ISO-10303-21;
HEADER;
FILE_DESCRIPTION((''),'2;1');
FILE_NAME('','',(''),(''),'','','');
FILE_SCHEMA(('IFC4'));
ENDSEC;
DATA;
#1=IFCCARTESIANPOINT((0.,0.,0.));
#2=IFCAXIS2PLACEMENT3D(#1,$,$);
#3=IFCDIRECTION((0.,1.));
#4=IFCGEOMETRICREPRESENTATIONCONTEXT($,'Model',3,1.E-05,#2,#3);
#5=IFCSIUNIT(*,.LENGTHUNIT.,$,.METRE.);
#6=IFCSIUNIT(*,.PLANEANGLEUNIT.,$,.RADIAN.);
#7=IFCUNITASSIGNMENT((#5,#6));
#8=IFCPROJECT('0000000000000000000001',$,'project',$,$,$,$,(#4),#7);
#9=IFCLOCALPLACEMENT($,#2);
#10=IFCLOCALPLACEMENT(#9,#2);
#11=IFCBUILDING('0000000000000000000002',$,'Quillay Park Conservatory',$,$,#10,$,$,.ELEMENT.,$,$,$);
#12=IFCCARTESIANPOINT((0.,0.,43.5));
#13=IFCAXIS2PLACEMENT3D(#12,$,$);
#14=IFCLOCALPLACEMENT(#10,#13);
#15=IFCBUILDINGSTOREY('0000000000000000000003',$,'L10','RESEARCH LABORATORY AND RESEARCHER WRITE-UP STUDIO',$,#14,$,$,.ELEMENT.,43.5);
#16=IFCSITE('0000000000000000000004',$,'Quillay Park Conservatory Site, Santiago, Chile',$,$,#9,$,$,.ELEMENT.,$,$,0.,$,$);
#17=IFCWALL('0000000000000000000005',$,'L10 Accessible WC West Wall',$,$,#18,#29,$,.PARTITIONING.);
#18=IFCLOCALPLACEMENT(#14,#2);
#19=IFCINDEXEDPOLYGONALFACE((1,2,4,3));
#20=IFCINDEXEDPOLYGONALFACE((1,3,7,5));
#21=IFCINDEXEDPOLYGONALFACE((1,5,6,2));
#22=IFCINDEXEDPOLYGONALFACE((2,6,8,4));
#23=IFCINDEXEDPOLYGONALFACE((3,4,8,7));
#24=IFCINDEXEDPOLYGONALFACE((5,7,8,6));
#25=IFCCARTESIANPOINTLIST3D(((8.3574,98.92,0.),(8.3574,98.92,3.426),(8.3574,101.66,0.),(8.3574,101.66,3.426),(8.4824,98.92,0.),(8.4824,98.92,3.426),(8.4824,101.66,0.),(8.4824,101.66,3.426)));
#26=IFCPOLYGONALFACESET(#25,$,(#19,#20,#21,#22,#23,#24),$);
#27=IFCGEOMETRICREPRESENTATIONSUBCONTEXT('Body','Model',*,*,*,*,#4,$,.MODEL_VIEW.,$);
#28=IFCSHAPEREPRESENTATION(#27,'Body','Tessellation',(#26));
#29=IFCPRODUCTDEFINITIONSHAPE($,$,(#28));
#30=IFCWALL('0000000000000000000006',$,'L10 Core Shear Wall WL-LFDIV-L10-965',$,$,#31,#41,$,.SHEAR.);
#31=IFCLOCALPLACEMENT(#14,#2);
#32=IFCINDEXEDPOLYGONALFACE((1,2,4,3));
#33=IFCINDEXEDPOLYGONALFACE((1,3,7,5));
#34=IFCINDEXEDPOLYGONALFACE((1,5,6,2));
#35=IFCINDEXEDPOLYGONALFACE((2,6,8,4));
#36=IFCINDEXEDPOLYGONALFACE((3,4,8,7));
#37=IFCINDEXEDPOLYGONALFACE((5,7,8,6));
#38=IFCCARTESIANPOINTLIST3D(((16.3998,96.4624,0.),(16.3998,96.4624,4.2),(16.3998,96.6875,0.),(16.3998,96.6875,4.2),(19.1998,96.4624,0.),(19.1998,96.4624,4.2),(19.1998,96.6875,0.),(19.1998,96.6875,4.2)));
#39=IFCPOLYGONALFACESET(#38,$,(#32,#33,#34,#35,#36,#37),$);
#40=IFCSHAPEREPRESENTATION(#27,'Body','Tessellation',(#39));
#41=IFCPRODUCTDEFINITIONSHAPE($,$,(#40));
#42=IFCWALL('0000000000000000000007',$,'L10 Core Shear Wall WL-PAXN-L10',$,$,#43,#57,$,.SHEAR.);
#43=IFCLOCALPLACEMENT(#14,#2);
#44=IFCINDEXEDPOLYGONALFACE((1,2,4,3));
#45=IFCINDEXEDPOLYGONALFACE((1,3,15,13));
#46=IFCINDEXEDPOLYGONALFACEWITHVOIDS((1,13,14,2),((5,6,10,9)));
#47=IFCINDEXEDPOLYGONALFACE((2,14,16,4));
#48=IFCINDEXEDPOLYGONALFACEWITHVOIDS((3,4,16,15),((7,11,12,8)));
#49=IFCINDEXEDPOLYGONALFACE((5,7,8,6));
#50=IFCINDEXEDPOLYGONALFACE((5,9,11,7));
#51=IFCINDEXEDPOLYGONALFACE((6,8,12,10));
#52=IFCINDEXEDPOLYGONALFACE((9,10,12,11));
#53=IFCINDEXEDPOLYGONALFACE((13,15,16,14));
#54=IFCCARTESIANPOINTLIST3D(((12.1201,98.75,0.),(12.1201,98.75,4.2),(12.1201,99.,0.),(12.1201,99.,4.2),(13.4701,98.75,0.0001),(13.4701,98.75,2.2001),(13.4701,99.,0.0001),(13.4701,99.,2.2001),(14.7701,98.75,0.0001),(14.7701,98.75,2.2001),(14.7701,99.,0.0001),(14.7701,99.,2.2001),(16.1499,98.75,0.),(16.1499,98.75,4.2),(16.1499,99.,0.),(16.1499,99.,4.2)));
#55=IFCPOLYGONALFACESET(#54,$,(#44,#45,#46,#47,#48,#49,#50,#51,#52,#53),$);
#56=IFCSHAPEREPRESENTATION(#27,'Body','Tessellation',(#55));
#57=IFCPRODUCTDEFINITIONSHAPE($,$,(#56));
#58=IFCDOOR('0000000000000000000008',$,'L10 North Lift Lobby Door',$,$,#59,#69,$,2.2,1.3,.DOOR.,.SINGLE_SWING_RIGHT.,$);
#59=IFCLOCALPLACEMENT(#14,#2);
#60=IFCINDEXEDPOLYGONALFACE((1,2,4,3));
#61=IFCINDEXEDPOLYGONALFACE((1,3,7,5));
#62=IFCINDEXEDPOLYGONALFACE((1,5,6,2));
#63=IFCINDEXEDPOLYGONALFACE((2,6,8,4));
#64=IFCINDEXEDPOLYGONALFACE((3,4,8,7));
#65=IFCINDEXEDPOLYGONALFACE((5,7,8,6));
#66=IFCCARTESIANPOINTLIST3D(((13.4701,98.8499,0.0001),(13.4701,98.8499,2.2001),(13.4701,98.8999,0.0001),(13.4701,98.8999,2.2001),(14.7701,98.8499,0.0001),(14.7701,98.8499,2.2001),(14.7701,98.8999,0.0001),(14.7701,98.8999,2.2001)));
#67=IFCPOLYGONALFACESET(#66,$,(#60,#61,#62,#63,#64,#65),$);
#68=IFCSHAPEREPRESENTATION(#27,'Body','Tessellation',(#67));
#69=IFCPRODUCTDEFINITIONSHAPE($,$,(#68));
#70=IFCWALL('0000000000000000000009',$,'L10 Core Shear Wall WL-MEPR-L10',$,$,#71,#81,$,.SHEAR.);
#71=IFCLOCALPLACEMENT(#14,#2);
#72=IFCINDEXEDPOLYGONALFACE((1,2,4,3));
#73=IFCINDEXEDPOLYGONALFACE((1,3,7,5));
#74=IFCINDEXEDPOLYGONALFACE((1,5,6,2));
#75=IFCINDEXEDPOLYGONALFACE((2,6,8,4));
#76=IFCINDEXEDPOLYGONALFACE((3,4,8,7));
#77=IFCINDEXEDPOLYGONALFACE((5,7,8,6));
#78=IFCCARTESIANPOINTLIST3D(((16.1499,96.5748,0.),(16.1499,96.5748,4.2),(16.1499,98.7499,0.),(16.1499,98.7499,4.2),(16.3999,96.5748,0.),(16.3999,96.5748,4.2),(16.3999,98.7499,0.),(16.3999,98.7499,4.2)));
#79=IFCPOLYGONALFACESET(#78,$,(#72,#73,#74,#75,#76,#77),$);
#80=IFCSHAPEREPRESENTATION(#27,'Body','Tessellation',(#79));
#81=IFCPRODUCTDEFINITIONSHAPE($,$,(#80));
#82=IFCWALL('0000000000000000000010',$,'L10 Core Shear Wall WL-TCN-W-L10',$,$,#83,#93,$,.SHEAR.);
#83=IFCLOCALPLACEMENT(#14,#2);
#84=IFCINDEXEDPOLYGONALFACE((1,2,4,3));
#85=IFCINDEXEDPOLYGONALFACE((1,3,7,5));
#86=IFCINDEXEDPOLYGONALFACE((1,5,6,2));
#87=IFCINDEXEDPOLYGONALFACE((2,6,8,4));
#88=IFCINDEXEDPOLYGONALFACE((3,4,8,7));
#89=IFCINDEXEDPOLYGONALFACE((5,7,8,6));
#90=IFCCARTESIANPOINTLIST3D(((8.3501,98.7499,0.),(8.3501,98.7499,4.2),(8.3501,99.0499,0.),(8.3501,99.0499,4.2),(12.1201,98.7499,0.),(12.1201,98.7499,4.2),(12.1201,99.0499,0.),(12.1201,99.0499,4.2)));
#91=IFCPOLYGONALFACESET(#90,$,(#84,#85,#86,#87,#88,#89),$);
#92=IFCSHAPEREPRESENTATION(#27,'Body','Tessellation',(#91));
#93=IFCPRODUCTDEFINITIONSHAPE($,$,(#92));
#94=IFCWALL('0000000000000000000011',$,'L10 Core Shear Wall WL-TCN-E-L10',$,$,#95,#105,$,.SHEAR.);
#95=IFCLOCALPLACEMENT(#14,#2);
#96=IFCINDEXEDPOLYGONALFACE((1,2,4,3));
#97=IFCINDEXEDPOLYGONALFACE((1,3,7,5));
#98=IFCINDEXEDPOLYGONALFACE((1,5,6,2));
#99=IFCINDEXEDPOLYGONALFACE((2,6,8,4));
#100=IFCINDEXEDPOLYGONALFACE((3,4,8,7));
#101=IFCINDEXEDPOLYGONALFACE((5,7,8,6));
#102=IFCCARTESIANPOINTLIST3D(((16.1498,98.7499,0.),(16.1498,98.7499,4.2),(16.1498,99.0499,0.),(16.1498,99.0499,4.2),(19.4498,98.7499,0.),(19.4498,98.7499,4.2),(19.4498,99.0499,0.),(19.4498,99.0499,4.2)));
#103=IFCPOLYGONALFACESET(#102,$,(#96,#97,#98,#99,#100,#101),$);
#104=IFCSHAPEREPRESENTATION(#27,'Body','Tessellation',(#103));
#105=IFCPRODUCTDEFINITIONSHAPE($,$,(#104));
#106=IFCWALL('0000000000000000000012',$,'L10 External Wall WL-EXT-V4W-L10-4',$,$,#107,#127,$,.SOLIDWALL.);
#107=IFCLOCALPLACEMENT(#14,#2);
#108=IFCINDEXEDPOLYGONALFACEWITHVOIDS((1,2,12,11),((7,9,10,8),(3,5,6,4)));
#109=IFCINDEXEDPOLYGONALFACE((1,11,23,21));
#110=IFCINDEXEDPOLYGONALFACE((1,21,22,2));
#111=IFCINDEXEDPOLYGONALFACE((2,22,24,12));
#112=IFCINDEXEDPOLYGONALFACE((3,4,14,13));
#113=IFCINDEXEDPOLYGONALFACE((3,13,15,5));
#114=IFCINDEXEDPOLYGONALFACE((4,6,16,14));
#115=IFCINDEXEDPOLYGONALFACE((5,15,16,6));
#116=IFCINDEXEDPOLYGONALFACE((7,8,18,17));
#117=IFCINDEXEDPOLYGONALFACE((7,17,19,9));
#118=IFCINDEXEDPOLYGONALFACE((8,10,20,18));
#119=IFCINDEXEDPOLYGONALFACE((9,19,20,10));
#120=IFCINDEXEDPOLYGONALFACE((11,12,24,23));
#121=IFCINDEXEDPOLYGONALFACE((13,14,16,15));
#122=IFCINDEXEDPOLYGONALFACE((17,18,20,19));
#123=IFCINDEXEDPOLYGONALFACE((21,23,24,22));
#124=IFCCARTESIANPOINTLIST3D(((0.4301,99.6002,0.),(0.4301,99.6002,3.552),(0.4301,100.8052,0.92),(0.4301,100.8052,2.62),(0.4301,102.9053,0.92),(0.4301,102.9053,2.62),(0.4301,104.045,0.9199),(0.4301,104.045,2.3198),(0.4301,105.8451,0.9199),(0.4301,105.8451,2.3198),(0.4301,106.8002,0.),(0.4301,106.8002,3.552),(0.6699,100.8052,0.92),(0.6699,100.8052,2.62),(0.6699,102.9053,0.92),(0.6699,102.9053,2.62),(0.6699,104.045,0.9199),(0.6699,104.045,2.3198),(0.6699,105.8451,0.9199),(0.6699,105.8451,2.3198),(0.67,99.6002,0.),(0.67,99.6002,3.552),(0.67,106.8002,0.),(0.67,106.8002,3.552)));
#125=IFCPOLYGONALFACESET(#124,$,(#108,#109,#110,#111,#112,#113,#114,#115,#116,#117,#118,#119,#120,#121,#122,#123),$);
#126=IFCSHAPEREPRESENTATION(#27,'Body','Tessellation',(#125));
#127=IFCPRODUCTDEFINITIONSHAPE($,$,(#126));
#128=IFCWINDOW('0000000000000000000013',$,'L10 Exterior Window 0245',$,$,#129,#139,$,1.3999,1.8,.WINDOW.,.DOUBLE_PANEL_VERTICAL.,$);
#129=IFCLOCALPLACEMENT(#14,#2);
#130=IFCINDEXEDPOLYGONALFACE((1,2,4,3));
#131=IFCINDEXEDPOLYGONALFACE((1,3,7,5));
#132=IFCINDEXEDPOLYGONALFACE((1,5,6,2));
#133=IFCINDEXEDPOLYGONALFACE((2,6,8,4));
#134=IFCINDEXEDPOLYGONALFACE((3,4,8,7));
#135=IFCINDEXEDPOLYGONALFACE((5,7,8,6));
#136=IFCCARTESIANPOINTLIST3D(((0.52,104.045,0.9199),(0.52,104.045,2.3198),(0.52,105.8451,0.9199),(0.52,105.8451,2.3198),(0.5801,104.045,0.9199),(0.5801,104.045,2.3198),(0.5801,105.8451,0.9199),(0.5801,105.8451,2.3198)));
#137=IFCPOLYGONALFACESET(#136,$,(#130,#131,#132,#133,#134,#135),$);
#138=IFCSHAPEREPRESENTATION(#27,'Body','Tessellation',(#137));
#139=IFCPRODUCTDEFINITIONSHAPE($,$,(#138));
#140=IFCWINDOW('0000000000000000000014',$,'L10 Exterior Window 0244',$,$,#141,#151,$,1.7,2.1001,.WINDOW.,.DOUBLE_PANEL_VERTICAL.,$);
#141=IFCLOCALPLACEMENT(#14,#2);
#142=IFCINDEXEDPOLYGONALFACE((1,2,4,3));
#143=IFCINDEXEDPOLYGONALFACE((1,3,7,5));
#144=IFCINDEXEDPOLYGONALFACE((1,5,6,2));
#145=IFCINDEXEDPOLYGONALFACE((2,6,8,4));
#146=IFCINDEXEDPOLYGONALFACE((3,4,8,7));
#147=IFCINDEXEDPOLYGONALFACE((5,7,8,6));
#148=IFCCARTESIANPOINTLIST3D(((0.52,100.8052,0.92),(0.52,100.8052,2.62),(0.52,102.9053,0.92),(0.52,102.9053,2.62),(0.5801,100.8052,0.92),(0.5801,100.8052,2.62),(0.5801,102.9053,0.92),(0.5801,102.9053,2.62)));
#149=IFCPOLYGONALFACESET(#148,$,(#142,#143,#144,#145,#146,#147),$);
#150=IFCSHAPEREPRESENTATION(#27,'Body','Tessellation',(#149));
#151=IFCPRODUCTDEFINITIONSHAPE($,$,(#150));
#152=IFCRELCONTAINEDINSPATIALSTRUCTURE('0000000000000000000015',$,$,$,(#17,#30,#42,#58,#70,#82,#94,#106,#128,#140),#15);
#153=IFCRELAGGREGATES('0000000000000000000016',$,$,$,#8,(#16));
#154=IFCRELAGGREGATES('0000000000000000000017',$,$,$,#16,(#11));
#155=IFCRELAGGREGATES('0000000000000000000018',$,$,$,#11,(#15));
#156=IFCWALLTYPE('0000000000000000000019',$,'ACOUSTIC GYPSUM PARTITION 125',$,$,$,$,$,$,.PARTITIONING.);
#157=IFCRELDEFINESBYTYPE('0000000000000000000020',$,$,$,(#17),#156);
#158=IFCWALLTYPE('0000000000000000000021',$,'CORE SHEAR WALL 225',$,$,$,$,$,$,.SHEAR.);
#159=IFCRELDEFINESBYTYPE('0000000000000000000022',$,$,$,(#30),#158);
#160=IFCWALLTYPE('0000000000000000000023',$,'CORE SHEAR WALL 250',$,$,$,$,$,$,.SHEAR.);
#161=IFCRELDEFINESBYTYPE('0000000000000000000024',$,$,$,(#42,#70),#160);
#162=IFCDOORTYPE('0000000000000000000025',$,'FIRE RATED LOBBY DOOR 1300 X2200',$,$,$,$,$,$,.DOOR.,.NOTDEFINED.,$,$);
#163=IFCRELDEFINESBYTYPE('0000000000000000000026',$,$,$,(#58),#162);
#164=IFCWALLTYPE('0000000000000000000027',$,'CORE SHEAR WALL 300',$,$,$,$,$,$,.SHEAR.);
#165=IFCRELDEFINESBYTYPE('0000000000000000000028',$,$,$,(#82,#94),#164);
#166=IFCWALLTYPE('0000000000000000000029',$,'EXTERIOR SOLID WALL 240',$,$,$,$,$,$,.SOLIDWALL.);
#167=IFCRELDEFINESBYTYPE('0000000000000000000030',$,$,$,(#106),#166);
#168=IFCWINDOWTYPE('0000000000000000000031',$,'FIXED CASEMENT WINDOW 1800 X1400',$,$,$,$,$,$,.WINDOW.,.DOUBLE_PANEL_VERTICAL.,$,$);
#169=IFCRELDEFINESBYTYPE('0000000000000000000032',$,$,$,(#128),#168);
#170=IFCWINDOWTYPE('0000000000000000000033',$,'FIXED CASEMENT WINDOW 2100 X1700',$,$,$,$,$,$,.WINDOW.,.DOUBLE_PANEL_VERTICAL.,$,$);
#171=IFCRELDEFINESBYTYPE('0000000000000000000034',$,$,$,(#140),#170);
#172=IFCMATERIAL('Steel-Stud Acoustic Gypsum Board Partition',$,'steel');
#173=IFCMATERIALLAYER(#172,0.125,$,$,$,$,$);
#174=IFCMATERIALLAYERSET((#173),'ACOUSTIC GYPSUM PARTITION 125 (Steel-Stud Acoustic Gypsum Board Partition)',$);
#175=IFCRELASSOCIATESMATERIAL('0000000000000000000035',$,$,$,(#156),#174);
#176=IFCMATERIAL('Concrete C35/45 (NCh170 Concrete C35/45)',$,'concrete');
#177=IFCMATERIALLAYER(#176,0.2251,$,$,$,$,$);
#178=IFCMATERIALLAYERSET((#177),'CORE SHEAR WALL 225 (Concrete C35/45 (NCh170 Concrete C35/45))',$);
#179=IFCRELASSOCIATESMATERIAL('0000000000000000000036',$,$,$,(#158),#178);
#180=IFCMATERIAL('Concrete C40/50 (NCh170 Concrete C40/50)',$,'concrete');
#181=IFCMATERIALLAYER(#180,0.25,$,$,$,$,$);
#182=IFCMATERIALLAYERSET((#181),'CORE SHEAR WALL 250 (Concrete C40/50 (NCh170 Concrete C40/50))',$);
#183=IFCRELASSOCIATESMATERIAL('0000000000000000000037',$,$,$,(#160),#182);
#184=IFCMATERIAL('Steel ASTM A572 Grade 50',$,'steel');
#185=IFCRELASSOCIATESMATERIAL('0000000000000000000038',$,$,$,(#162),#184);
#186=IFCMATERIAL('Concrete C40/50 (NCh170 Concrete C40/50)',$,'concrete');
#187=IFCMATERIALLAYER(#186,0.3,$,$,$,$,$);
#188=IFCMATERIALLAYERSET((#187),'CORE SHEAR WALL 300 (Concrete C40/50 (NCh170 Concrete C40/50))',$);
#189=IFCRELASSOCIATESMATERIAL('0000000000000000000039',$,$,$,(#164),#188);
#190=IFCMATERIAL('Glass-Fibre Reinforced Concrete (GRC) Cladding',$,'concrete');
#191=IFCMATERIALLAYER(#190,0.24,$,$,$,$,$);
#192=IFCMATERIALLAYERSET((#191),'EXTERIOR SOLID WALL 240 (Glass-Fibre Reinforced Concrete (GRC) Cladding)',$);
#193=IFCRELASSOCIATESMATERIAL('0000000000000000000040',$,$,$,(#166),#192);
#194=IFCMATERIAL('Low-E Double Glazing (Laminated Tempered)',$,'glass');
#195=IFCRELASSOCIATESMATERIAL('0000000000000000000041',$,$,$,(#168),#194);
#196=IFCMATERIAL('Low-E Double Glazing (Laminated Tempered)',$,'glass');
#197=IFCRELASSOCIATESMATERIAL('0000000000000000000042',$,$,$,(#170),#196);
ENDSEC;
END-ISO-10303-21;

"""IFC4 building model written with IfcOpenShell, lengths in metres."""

from ifc_helpers import new_model, si_unit, direction, frame, frame_2d, origin, place, context, subcontext, project, spatial, rectangle, extrude, material, layer, layer_set, type_object, element, fill, save


model = new_model("IFC4")

# Units and contexts
model_context = context("Model", 3, precision=1e-05, world=origin(), true_north=direction((0.0, 1.0)))
body_context = subcontext(model_context, "Body", "Model", "MODEL_VIEW")
ifc_project = project(units=[si_unit("LENGTHUNIT", "METRE"), si_unit("PLANEANGLEUNIT", "RADIAN")], contexts=[model_context])

# Site, building, storey
site_placement = place(None, origin())
site = spatial("IfcSite", under=ifc_project, at=site_placement, Name="Quillay Park Conservatory Site, Santiago, Chile", CompositionType="ELEMENT", RefElevation=0.0)
building_placement = place(site_placement, origin())
building = spatial("IfcBuilding", under=site, at=building_placement, Name="Quillay Park Conservatory", CompositionType="ELEMENT")
storey_placement = place(building_placement, frame((0.0, 0.0, 43.5)))
storey = spatial("IfcBuildingStorey", under=building, at=storey_placement, Name="L10", Description="RESEARCH LABORATORY AND RESEARCHER WRITE-UP STUDIO", CompositionType="ELEMENT", Elevation=43.5)

# Walls
ifc_material_1 = material(Name="Steel-Stud Acoustic Gypsum Board Partition", Category="steel")
ifc_layer_1 = layer(ifc_material_1, 0.125)
ifc_layer_set_1 = layer_set([ifc_layer_1], Name="ACOUSTIC GYPSUM PARTITION 125 (Steel-Stud Acoustic Gypsum Board Partition)")
wall_type_1 = type_object("IfcWallType", Name="ACOUSTIC GYPSUM PARTITION 125", PredefinedType="PARTITIONING", material=ifc_layer_set_1)
wall_1_placement = place(storey_placement, frame((8.4199, 98.9199, 0.0), z_axis=(0.0, 0.0, 1.0), x_axis=(0.0, 1.0, 0.0)))
element("IfcWall", 1, at=wall_1_placement, inside=storey, type_object=wall_type_1, Name="L10 Accessible WC West Wall", PredefinedType="PARTITIONING", context=body_context, shape_type="SweptSolid", body=[
    extrude(rectangle(XDim=2.74, YDim=0.125, at=frame_2d((1.3701, 0.0))), origin(), (0.0, 0.0, 1.0), 3.426),
])
ifc_material_2 = material(Name="Concrete C35/45 (NCh170 Concrete C35/45)", Category="concrete")
ifc_layer_2 = layer(ifc_material_2, 0.2251)
ifc_layer_set_2 = layer_set([ifc_layer_2], Name="CORE SHEAR WALL 225 (Concrete C35/45 (NCh170 Concrete C35/45))")
wall_type_2 = type_object("IfcWallType", Name="CORE SHEAR WALL 225", PredefinedType="SHEAR", material=ifc_layer_set_2)
wall_2_placement = place(storey_placement, frame((16.3999, 96.575, 0.0), z_axis=(0.0, 0.0, 1.0), x_axis=(1.0, 0.0, 0.0)))
element("IfcWall", 2, at=wall_2_placement, inside=storey, type_object=wall_type_2, Name="L10 Core Shear Wall WL-LFDIV-L10-965", PredefinedType="SHEAR", context=body_context, shape_type="SweptSolid", body=[
    extrude(rectangle(XDim=2.8, YDim=0.2251, at=frame_2d((1.3999, 0.0))), origin(), (0.0, 0.0, 1.0), 4.2),
])

# Wall, opening, door
ifc_material_3 = material(Name="Concrete C40/50 (NCh170 Concrete C40/50)", Category="concrete")
ifc_layer_3 = layer(ifc_material_3, 0.25)
ifc_layer_set_3 = layer_set([ifc_layer_3], Name="CORE SHEAR WALL 250 (Concrete C40/50 (NCh170 Concrete C40/50))")
wall_type_3 = type_object("IfcWallType", Name="CORE SHEAR WALL 250", PredefinedType="SHEAR", material=ifc_layer_set_3)
wall_3_placement = place(storey_placement, frame((12.1201, 98.875, 0.0), z_axis=(0.0, 0.0, 1.0), x_axis=(1.0, 0.0, 0.0)))
wall_3 = element("IfcWall", 3, at=wall_3_placement, inside=storey, type_object=wall_type_3, Name="L10 Core Shear Wall WL-PAXN-L10", PredefinedType="SHEAR", context=body_context, shape_type="SweptSolid", body=[
    extrude(rectangle(XDim=4.0298, YDim=0.25, at=frame_2d((2.0149, 0.0))), origin(), (0.0, 0.0, 1.0), 4.2),
])
opening_1_placement = place(wall_3_placement, frame((1.3501, 0.0, 0.0)))
opening_1 = element("IfcOpeningElement", 4, at=opening_1_placement, cuts=wall_3, PredefinedType="OPENING", context=body_context, shape_type="SweptSolid", body=[
    extrude(rectangle(XDim=1.3, YDim=2.2, at=frame_2d((0.6499, 1.1001))), frame((0.0, 0.125, 0.0), z_axis=(0.0, -1.0, 0.0), x_axis=(1.0, 0.0, 0.0)), (0.0, 0.0, 1.0), 0.25),
])
ifc_material_4 = material(Name="Steel ASTM A572 Grade 50", Category="steel")
door_type_1 = type_object("IfcDoorType", Name="FIRE RATED LOBBY DOOR 1300 X2200", OperationType="NOTDEFINED", PredefinedType="DOOR", material=ifc_material_4)
door_1_placement = place(opening_1_placement, origin())
door_1 = element("IfcDoor", 5, at=door_1_placement, inside=storey, type_object=door_type_1, Name="L10 North Lift Lobby Door", OperationType="SINGLE_SWING_RIGHT", OverallHeight=2.2, OverallWidth=1.3, PredefinedType="DOOR", context=body_context, shape_type="SweptSolid", body=[
    extrude(rectangle(XDim=1.3, YDim=2.2, at=frame_2d((0.6499, 1.1001))), frame((0.0, 0.0249, 0.0), z_axis=(0.0, -1.0, 0.0), x_axis=(1.0, 0.0, 0.0)), (0.0, 0.0, 1.0), 0.05),
])
fill(opening_1, door_1)

# Walls
wall_4_placement = place(storey_placement, frame((16.2749, 96.575, 0.0), z_axis=(0.0, 0.0, 1.0), x_axis=(0.0, 1.0, 0.0)))
element("IfcWall", 6, at=wall_4_placement, inside=storey, type_object=wall_type_3, Name="L10 Core Shear Wall WL-MEPR-L10", PredefinedType="SHEAR", context=body_context, shape_type="SweptSolid", body=[
    extrude(rectangle(XDim=2.175, YDim=0.25, at=frame_2d((1.0874, 0.0))), origin(), (0.0, 0.0, 1.0), 4.2),
])
ifc_material_5 = material(Name="Concrete C40/50 (NCh170 Concrete C40/50)", Category="concrete")
ifc_layer_4 = layer(ifc_material_5, 0.3)
ifc_layer_set_4 = layer_set([ifc_layer_4], Name="CORE SHEAR WALL 300 (Concrete C40/50 (NCh170 Concrete C40/50))")
wall_type_4 = type_object("IfcWallType", Name="CORE SHEAR WALL 300", PredefinedType="SHEAR", material=ifc_layer_set_4)
wall_5_placement = place(storey_placement, frame((8.3501, 98.8999, 0.0), z_axis=(0.0, 0.0, 1.0), x_axis=(1.0, 0.0, 0.0)))
element("IfcWall", 7, at=wall_5_placement, inside=storey, type_object=wall_type_4, Name="L10 Core Shear Wall WL-TCN-W-L10", PredefinedType="SHEAR", context=body_context, shape_type="SweptSolid", body=[
    extrude(rectangle(XDim=3.77, YDim=0.3, at=frame_2d((1.885, 0.0))), origin(), (0.0, 0.0, 1.0), 4.2),
])
wall_6_placement = place(storey_placement, frame((16.1499, 98.8999, 0.0), z_axis=(0.0, 0.0, 1.0), x_axis=(1.0, 0.0, 0.0)))
element("IfcWall", 8, at=wall_6_placement, inside=storey, type_object=wall_type_4, Name="L10 Core Shear Wall WL-TCN-E-L10", PredefinedType="SHEAR", context=body_context, shape_type="SweptSolid", body=[
    extrude(rectangle(XDim=3.3, YDim=0.3, at=frame_2d((1.6499, 0.0))), origin(), (0.0, 0.0, 1.0), 4.2),
])

# Wall, openings, windows
ifc_material_6 = material(Name="Glass-Fibre Reinforced Concrete (GRC) Cladding", Category="concrete")
ifc_layer_5 = layer(ifc_material_6, 0.24)
ifc_layer_set_5 = layer_set([ifc_layer_5], Name="EXTERIOR SOLID WALL 240 (Glass-Fibre Reinforced Concrete (GRC) Cladding)")
wall_type_5 = type_object("IfcWallType", Name="EXTERIOR SOLID WALL 240", PredefinedType="SOLIDWALL", material=ifc_layer_set_5)
wall_7_placement = place(storey_placement, frame((0.55, 99.6001, 0.0), z_axis=(0.0, 0.0, 1.0), x_axis=(0.0, 1.0, 0.0)))
wall_7 = element("IfcWall", 9, at=wall_7_placement, inside=storey, type_object=wall_type_5, Name="L10 External Wall WL-EXT-V4W-L10-4", PredefinedType="SOLIDWALL", context=body_context, shape_type="SweptSolid", body=[
    extrude(rectangle(XDim=7.2, YDim=0.24, at=frame_2d((3.6001, 0.0))), origin(), (0.0, 0.0, 1.0), 3.552),
])
opening_2_placement = place(wall_7_placement, frame((1.2051, 0.0, 0.9199)))
opening_2 = element("IfcOpeningElement", 10, at=opening_2_placement, cuts=wall_7, PredefinedType="OPENING", context=body_context, shape_type="SweptSolid", body=[
    extrude(rectangle(XDim=2.1001, YDim=1.7, at=frame_2d((1.05, 0.8501))), frame((0.0, 0.1201, 0.0), z_axis=(0.0, -1.0, 0.0), x_axis=(1.0, 0.0, 0.0)), (0.0, 0.0, 1.0), 0.24),
])
opening_3_placement = place(wall_7_placement, frame((4.4451, 0.0, 0.9199)))
opening_3 = element("IfcOpeningElement", 11, at=opening_3_placement, cuts=wall_7, PredefinedType="OPENING", context=body_context, shape_type="SweptSolid", body=[
    extrude(rectangle(XDim=1.8, YDim=1.3999, at=frame_2d((0.8999, 0.7))), frame((0.0, 0.1201, 0.0), z_axis=(0.0, -1.0, 0.0), x_axis=(1.0, 0.0, 0.0)), (0.0, 0.0, 1.0), 0.24),
])
ifc_material_7 = material(Name="Low-E Double Glazing (Laminated Tempered)", Category="glass")
window_type_1 = type_object("IfcWindowType", Name="FIXED CASEMENT WINDOW 1800 X1400", PartitioningType="DOUBLE_PANEL_VERTICAL", PredefinedType="WINDOW", material=ifc_material_7)
window_1_placement = place(opening_3_placement, origin())
window_1 = element("IfcWindow", 12, at=window_1_placement, inside=storey, type_object=window_type_1, Name="L10 Exterior Window 0245", OverallHeight=1.3999, OverallWidth=1.8, PartitioningType="DOUBLE_PANEL_VERTICAL", PredefinedType="WINDOW", context=body_context, shape_type="SweptSolid", body=[
    extrude(rectangle(XDim=1.8, YDim=1.3999, at=frame_2d((0.8999, 0.7))), frame((0.0, 0.03, 0.0), z_axis=(0.0, -1.0, 0.0), x_axis=(1.0, 0.0, 0.0)), (0.0, 0.0, 1.0), 0.0601),
])
fill(opening_3, window_1)
ifc_material_8 = material(Name="Low-E Double Glazing (Laminated Tempered)", Category="glass")
window_type_2 = type_object("IfcWindowType", Name="FIXED CASEMENT WINDOW 2100 X1700", PartitioningType="DOUBLE_PANEL_VERTICAL", PredefinedType="WINDOW", material=ifc_material_8)
window_2_placement = place(opening_2_placement, origin())
window_2 = element("IfcWindow", 13, at=window_2_placement, inside=storey, type_object=window_type_2, Name="L10 Exterior Window 0244", OverallHeight=1.7, OverallWidth=2.1001, PartitioningType="DOUBLE_PANEL_VERTICAL", PredefinedType="WINDOW", context=body_context, shape_type="SweptSolid", body=[
    extrude(rectangle(XDim=2.1001, YDim=1.7, at=frame_2d((1.05, 0.8501))), frame((0.0, 0.03, 0.0), z_axis=(0.0, -1.0, 0.0), x_axis=(1.0, 0.0, 0.0)), (0.0, 0.0, 1.0), 0.0601),
])
fill(opening_2, window_2)

save(model, "model.ifc")
